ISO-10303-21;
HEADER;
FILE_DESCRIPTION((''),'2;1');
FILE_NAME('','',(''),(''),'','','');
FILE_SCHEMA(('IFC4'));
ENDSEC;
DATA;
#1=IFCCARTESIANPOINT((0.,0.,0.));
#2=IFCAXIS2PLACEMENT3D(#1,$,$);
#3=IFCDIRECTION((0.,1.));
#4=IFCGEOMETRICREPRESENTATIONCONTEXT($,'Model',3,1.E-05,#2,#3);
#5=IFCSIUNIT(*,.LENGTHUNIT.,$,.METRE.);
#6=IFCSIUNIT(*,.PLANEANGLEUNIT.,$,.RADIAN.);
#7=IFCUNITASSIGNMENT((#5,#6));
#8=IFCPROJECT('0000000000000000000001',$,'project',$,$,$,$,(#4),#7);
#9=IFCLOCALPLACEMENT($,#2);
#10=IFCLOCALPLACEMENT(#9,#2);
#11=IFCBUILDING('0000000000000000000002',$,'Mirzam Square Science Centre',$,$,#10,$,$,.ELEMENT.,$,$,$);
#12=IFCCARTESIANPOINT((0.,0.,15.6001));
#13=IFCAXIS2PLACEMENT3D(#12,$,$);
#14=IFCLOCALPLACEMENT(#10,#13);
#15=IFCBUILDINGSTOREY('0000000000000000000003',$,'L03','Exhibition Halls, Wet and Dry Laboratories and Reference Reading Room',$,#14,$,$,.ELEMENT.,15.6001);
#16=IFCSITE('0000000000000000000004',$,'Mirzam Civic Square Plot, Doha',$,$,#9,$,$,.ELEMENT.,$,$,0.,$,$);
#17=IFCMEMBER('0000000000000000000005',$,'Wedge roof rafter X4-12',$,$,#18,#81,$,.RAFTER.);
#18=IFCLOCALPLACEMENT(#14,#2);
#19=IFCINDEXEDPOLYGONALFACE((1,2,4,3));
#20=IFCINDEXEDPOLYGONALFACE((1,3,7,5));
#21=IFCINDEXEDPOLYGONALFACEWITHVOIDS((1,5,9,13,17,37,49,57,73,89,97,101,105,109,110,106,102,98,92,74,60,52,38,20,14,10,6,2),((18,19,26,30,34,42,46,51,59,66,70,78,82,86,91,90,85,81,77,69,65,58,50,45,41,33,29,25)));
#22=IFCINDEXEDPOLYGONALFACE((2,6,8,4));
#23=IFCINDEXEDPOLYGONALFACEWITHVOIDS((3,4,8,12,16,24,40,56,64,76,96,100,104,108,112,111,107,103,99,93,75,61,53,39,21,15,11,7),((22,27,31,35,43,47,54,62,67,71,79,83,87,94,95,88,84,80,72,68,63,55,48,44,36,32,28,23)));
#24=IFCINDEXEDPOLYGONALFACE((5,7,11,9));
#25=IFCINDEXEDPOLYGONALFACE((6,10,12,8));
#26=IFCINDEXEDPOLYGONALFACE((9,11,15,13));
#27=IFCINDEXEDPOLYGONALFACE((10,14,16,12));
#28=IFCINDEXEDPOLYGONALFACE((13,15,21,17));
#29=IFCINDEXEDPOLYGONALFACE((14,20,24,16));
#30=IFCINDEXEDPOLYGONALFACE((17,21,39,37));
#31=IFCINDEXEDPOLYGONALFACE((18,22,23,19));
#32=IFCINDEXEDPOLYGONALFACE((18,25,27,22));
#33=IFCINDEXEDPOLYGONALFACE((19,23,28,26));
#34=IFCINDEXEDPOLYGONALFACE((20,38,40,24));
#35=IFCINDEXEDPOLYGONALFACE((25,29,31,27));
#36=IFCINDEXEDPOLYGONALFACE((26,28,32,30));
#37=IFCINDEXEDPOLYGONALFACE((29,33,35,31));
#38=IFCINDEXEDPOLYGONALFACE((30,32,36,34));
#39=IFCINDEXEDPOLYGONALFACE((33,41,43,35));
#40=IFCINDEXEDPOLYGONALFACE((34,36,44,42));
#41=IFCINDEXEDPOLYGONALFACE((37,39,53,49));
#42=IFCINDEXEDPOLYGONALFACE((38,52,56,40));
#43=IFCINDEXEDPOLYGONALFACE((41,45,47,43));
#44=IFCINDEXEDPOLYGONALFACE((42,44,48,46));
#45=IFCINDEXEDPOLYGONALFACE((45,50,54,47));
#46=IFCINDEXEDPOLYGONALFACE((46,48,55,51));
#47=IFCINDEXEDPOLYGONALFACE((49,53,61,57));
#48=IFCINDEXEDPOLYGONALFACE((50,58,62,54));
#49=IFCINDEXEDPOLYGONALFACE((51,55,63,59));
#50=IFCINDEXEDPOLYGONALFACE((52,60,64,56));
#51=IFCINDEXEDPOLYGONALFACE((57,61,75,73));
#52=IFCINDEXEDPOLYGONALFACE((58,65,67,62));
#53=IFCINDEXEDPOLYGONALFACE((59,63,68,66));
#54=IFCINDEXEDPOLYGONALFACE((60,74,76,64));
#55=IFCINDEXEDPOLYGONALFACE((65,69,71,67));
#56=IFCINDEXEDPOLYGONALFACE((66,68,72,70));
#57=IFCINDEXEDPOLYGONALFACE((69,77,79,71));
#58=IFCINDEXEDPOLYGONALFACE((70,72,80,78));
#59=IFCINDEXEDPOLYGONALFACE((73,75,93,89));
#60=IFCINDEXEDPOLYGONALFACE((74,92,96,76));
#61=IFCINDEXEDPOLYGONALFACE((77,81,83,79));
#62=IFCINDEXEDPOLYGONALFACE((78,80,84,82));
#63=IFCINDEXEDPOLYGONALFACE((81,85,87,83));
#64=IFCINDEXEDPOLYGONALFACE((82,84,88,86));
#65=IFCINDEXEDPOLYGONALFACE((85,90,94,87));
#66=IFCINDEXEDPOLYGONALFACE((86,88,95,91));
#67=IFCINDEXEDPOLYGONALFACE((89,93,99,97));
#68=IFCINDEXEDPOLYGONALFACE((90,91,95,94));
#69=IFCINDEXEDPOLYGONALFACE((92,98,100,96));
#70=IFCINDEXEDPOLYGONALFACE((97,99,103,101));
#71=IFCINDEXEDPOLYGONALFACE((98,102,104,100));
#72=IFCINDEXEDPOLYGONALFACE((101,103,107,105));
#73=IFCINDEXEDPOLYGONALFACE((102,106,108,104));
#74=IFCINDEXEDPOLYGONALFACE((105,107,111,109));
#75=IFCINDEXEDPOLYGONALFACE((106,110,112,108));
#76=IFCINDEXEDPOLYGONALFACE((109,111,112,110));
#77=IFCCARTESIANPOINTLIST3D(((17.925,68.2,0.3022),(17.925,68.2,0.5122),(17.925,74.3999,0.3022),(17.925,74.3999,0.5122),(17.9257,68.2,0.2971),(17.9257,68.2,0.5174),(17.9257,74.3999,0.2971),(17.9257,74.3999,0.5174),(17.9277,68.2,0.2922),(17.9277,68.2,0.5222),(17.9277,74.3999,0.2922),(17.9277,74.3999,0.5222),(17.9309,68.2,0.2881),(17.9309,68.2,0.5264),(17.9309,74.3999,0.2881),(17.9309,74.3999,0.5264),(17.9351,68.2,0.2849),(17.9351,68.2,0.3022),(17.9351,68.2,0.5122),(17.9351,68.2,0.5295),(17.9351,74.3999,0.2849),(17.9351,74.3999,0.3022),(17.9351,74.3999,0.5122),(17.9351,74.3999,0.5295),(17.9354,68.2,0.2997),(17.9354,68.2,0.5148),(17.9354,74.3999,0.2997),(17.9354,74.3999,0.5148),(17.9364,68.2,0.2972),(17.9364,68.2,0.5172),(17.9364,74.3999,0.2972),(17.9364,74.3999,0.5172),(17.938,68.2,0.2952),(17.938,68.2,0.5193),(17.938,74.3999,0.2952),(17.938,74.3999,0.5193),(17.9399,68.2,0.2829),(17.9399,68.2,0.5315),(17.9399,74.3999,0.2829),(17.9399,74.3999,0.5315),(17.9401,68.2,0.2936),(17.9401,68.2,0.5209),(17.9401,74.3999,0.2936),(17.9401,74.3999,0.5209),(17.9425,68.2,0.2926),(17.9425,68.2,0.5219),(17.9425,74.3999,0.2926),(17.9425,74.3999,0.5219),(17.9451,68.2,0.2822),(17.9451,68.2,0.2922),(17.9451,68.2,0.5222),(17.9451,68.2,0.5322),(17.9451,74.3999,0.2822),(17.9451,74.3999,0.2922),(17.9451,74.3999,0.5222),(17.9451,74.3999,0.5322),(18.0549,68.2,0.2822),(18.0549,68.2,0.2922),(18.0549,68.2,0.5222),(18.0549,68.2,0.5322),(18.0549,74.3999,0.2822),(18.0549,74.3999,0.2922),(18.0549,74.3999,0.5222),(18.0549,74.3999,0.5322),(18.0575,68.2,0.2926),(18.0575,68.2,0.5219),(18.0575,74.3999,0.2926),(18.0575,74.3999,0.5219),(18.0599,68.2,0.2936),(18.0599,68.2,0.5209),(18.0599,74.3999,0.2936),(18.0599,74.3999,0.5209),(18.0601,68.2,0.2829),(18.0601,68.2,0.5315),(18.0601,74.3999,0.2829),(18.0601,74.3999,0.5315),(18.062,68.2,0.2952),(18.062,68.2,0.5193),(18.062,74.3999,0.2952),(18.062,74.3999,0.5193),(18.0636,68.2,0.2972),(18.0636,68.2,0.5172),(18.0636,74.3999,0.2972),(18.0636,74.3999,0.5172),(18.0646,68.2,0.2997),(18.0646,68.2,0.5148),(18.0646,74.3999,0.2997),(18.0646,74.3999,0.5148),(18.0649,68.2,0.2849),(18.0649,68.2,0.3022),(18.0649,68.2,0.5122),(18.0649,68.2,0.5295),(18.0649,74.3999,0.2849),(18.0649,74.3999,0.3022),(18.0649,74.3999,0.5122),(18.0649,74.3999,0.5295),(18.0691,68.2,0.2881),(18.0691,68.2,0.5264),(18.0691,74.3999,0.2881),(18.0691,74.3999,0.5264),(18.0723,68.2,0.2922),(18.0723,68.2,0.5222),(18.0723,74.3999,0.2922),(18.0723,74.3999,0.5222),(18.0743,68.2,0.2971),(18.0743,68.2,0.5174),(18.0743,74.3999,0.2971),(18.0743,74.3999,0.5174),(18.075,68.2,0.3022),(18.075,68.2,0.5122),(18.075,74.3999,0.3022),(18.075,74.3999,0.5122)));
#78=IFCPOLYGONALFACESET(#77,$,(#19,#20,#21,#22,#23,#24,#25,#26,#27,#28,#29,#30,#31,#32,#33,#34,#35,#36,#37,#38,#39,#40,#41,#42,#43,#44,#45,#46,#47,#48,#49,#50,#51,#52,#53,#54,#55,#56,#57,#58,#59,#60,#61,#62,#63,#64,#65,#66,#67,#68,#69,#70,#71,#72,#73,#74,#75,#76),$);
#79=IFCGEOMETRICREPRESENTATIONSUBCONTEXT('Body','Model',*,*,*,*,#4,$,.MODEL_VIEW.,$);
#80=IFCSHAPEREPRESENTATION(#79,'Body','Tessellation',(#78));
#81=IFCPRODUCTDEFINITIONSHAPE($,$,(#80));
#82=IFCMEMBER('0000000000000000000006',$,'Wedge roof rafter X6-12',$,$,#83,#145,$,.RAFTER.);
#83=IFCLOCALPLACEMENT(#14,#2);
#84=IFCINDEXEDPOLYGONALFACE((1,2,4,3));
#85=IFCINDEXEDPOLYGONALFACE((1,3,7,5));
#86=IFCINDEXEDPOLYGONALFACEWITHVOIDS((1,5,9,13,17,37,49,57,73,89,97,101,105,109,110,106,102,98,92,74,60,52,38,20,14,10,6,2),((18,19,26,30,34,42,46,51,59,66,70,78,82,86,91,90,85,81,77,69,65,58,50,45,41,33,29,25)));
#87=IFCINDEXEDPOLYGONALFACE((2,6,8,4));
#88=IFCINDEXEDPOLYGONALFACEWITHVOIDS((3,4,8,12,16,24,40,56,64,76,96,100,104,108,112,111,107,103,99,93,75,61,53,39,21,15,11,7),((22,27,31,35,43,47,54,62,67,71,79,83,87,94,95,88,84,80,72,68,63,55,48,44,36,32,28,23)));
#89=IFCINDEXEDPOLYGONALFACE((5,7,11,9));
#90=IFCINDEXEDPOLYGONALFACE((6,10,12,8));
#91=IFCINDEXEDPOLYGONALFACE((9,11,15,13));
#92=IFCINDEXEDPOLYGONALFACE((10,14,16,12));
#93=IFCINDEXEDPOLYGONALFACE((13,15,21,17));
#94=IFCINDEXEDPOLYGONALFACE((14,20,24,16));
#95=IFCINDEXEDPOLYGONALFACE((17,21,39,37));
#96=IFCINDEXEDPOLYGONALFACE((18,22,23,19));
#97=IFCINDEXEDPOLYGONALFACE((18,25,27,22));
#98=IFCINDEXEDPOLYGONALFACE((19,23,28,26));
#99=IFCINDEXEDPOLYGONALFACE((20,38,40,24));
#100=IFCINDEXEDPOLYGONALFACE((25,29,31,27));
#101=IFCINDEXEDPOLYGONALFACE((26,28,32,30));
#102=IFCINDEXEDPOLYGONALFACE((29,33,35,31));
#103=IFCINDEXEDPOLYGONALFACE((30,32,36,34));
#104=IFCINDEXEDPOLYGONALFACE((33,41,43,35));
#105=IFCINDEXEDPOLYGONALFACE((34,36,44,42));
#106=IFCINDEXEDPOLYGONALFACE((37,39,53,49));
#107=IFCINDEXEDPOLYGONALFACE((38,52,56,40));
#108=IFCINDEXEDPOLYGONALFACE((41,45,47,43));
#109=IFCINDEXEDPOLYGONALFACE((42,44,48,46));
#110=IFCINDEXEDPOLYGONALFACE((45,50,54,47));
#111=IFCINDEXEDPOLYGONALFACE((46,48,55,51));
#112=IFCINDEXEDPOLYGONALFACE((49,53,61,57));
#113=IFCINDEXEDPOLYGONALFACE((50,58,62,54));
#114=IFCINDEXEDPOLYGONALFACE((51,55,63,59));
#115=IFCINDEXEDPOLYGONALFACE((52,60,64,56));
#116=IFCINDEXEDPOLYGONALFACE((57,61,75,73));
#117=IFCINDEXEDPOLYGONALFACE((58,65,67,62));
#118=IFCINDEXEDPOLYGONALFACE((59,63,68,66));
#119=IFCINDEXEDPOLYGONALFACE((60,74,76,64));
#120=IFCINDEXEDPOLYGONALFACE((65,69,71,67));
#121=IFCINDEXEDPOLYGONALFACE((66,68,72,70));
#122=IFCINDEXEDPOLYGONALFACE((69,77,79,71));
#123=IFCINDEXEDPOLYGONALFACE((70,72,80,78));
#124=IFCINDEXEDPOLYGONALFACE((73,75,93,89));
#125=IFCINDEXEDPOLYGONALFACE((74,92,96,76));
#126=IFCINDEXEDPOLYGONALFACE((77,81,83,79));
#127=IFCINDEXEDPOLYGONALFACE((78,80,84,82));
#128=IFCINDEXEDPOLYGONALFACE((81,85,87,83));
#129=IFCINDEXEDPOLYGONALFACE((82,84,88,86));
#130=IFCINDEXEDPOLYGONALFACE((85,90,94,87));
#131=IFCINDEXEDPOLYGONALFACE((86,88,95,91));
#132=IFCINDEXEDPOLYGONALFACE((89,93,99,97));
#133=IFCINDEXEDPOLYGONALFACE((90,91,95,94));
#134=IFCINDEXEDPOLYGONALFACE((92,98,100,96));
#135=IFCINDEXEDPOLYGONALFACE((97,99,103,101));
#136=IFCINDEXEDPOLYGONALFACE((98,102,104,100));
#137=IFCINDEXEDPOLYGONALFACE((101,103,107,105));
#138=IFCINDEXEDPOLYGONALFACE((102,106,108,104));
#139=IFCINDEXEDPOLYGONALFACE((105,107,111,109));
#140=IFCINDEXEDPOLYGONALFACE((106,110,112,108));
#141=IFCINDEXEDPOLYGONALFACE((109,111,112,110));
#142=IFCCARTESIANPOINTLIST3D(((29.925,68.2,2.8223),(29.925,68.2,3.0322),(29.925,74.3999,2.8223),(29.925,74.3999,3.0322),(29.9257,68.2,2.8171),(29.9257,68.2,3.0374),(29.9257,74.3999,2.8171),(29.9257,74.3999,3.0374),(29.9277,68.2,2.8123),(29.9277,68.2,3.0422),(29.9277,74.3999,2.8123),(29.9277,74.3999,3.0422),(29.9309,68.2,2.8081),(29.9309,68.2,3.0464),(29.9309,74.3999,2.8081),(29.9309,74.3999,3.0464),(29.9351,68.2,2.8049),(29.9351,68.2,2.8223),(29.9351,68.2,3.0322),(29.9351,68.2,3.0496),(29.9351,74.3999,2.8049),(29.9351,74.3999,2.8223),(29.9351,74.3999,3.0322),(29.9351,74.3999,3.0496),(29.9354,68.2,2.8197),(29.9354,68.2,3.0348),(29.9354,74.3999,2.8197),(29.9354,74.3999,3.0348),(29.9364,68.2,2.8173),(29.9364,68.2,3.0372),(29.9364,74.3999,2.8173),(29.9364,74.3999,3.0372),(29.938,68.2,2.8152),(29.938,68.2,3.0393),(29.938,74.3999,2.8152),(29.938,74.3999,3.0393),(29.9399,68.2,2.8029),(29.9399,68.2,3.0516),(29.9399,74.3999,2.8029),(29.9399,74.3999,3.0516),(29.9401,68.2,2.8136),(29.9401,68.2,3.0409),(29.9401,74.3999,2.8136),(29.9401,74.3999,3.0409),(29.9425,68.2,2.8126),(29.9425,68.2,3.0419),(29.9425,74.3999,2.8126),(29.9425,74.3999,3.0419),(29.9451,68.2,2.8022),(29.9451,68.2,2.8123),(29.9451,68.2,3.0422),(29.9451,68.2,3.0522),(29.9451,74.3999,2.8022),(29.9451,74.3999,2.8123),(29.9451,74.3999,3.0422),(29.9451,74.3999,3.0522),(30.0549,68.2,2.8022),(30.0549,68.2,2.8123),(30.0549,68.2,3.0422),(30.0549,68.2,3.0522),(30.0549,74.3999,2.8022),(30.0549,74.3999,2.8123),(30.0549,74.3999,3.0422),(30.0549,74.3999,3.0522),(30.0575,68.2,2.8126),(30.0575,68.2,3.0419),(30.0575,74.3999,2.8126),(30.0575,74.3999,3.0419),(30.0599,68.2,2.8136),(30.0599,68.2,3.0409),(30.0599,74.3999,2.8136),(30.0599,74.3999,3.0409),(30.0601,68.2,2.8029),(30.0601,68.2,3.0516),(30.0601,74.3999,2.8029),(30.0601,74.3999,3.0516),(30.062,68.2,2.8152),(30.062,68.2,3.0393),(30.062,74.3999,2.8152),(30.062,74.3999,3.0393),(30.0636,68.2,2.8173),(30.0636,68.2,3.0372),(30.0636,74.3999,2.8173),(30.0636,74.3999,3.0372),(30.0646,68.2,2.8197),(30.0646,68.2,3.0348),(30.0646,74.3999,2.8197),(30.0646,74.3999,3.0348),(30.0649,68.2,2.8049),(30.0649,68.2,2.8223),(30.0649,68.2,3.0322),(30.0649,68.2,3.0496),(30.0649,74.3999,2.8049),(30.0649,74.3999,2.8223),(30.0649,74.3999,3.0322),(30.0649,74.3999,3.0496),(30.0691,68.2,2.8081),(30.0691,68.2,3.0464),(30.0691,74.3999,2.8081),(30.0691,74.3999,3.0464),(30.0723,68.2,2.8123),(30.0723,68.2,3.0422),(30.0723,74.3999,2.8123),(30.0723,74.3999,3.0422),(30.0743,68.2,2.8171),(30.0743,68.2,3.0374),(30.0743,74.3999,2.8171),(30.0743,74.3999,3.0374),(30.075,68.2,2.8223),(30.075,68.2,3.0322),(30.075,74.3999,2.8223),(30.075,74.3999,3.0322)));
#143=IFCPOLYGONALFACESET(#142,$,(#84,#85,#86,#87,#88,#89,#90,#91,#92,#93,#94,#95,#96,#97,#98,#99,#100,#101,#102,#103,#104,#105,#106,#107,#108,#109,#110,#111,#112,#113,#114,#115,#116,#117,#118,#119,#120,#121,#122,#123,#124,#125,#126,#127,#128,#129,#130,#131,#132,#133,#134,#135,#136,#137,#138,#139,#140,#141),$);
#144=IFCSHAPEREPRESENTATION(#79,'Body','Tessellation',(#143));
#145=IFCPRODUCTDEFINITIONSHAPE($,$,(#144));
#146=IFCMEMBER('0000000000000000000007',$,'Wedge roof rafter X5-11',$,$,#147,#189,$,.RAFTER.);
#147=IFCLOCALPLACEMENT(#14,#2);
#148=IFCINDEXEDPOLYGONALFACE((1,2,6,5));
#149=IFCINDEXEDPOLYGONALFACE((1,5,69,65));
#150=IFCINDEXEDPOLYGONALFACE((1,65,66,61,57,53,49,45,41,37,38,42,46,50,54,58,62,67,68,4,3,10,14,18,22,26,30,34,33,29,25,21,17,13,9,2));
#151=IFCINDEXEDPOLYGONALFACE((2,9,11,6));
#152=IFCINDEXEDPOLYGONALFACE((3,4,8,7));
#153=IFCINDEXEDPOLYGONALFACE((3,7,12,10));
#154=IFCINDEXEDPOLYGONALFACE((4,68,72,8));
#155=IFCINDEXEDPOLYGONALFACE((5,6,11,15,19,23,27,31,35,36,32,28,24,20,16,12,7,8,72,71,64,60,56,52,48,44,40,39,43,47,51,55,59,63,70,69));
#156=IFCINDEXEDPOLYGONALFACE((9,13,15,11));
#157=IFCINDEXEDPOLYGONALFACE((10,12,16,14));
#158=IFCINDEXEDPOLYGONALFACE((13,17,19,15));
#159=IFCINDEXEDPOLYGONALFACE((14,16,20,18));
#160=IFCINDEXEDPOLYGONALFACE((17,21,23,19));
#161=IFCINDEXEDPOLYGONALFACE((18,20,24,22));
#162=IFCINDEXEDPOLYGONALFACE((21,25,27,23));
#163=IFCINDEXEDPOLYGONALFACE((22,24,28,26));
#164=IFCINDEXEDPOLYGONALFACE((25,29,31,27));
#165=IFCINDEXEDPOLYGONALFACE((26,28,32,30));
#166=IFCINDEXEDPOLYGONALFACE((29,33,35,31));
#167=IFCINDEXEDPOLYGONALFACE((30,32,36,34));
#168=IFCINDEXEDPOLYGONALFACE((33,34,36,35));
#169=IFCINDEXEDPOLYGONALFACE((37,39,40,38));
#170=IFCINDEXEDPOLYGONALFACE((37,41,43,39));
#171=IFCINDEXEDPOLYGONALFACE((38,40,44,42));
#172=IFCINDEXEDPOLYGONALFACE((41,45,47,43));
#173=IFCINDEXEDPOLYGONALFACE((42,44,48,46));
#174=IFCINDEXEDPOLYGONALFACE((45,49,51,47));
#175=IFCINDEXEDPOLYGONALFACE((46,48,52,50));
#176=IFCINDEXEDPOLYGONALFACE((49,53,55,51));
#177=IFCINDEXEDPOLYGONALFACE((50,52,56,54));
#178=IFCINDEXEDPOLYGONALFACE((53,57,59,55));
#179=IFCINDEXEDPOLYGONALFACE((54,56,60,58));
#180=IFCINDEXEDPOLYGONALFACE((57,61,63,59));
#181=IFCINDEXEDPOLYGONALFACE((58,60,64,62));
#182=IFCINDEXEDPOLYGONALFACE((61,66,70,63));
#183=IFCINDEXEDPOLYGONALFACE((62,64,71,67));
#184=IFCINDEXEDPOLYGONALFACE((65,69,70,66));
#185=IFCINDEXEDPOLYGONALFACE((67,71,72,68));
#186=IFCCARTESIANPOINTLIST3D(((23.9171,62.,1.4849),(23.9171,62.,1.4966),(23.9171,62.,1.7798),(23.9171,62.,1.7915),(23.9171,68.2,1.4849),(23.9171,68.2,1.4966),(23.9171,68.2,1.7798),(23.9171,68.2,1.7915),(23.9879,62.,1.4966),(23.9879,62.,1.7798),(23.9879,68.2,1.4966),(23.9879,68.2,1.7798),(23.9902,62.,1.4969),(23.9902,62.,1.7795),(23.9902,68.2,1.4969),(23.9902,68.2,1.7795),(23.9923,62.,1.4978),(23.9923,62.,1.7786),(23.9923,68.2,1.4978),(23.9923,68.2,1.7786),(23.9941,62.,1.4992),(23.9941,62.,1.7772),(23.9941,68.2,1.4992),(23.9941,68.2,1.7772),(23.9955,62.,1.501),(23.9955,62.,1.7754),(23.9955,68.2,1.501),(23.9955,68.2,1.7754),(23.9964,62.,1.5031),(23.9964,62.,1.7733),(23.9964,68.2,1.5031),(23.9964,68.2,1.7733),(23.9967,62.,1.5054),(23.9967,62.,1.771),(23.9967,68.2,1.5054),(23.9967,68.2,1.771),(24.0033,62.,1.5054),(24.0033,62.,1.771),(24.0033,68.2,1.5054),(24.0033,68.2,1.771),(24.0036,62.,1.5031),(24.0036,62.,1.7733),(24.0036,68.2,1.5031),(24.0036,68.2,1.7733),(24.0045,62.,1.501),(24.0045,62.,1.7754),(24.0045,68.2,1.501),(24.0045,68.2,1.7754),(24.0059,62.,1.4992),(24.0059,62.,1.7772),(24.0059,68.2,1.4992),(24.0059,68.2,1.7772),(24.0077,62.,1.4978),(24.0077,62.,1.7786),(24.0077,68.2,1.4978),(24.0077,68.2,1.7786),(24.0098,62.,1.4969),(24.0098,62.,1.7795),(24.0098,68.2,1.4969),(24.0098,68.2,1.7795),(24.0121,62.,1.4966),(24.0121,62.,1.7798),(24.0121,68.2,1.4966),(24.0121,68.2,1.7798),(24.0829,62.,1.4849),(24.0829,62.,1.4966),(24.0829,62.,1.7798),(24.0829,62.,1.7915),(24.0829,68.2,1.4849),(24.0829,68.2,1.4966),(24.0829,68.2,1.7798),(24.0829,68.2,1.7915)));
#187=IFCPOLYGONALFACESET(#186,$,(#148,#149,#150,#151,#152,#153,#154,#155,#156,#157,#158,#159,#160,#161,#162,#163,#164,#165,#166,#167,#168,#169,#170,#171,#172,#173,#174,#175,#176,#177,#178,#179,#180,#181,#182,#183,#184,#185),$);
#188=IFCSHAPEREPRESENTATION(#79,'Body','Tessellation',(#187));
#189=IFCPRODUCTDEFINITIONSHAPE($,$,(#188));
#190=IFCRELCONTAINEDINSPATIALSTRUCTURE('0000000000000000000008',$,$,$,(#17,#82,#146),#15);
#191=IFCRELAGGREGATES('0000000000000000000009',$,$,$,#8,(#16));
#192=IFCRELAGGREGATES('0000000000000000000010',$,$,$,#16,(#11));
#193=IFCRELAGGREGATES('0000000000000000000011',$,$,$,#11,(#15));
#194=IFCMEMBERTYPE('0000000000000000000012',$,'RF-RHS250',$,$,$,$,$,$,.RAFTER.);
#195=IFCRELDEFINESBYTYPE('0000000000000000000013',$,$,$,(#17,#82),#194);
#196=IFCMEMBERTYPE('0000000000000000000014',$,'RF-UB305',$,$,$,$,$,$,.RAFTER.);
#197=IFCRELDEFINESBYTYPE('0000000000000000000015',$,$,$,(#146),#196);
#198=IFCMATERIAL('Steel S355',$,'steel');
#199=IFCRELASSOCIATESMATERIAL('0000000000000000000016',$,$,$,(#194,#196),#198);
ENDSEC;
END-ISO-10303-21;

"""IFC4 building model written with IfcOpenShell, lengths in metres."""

from ifc_helpers import new_model, si_unit, direction, frame, origin, origin_2d, place, context, subcontext, project, spatial, hollow_rectangle, i_section, extrude, material, material_profile, profile_set, type_object, element, save


model = new_model("IFC4")

# Units and contexts
model_context = context("Model", 3, precision=1e-05, world=origin(), true_north=direction((0.0, 1.0)))
body_context = subcontext(model_context, "Body", "Model", "MODEL_VIEW")
ifc_project = project(units=[si_unit("LENGTHUNIT", "METRE"), si_unit("PLANEANGLEUNIT", "RADIAN")], contexts=[model_context])

# Site, building, storey
site_placement = place(None, origin())
site = spatial("IfcSite", under=ifc_project, at=site_placement, Name="Mirzam Civic Square Plot, Doha", CompositionType="ELEMENT", RefElevation=0.0)
building_placement = place(site_placement, origin())
building = spatial("IfcBuilding", under=site, at=building_placement, Name="Mirzam Square Science Centre", CompositionType="ELEMENT")
storey_placement = place(building_placement, frame((0.0, 0.0, 15.6001)))
storey = spatial("IfcBuildingStorey", under=building, at=storey_placement, Name="L03", Description="Exhibition Halls, Wet and Dry Laboratories and Reference Reading Room", CompositionType="ELEMENT", Elevation=15.6001)

# Shared definitions
ifc_material_1 = material(Name="Steel S355", Category="steel")

# Members
ifc_material_profile_1 = material_profile(ifc_material_1, hollow_rectangle(XDim=0.1499, YDim=0.25, WallThickness=0.01, InnerFilletRadius=0.01, OuterFilletRadius=0.02, at=origin_2d()), Name="250x150x10.0RHS")
ifc_profile_set_1 = profile_set([ifc_material_profile_1], Name="Steel S355")
member_type_1 = type_object("IfcMemberType", Name="RF-RHS250", PredefinedType="RAFTER", material=ifc_profile_set_1)
for number, where, z_axis, x_axis, name in (
    (1, (18.0, 68.2, 0.4072), (0.0, 1.0, 0.0), (-1.0, 0.0, 0.0), "Wedge roof rafter X4-12"),
    (2, (30.0, 68.2, 2.9272), (0.0, 1.0, 0.0), (-1.0, 0.0, 0.0), "Wedge roof rafter X6-12"),
):
    element("IfcMember", number, at=place(storey_placement, frame(where, z_axis=z_axis, x_axis=x_axis)), inside=storey, type_object=member_type_1, Name=name, PredefinedType="RAFTER", context=body_context, shape_type="SweptSolid", body=[
        extrude(hollow_rectangle(XDim=0.1499, YDim=0.25, WallThickness=0.01, InnerFilletRadius=0.01, OuterFilletRadius=0.02, at=origin_2d()), origin(), (0.0, 0.0, 1.0), 6.2),
    ])
ifc_material_profile_2 = material_profile(ifc_material_1, i_section(OverallWidth=0.1658, OverallDepth=0.3066, WebThickness=0.0066, FlangeThickness=0.0117, FilletRadius=0.0088, at=origin_2d()), Name="305x165x46UB")
ifc_profile_set_2 = profile_set([ifc_material_profile_2], Name="Steel S355")
member_type_2 = type_object("IfcMemberType", Name="RF-UB305", PredefinedType="RAFTER", material=ifc_profile_set_2)
for number, where, z_axis, x_axis, name in (
    (3, (24.0, 62.0, 1.6382), (0.0, 1.0, 0.0), (-1.0, 0.0, 0.0), "Wedge roof rafter X5-11"),
):
    element("IfcMember", number, at=place(storey_placement, frame(where, z_axis=z_axis, x_axis=x_axis)), inside=storey, type_object=member_type_2, Name=name, PredefinedType="RAFTER", context=body_context, shape_type="SweptSolid", body=[
        extrude(i_section(OverallWidth=0.1658, OverallDepth=0.3066, WebThickness=0.0066, FlangeThickness=0.0117, FilletRadius=0.0088, at=origin_2d()), origin(), (0.0, 0.0, 1.0), 6.2),
    ])

save(model, "model.ifc")
